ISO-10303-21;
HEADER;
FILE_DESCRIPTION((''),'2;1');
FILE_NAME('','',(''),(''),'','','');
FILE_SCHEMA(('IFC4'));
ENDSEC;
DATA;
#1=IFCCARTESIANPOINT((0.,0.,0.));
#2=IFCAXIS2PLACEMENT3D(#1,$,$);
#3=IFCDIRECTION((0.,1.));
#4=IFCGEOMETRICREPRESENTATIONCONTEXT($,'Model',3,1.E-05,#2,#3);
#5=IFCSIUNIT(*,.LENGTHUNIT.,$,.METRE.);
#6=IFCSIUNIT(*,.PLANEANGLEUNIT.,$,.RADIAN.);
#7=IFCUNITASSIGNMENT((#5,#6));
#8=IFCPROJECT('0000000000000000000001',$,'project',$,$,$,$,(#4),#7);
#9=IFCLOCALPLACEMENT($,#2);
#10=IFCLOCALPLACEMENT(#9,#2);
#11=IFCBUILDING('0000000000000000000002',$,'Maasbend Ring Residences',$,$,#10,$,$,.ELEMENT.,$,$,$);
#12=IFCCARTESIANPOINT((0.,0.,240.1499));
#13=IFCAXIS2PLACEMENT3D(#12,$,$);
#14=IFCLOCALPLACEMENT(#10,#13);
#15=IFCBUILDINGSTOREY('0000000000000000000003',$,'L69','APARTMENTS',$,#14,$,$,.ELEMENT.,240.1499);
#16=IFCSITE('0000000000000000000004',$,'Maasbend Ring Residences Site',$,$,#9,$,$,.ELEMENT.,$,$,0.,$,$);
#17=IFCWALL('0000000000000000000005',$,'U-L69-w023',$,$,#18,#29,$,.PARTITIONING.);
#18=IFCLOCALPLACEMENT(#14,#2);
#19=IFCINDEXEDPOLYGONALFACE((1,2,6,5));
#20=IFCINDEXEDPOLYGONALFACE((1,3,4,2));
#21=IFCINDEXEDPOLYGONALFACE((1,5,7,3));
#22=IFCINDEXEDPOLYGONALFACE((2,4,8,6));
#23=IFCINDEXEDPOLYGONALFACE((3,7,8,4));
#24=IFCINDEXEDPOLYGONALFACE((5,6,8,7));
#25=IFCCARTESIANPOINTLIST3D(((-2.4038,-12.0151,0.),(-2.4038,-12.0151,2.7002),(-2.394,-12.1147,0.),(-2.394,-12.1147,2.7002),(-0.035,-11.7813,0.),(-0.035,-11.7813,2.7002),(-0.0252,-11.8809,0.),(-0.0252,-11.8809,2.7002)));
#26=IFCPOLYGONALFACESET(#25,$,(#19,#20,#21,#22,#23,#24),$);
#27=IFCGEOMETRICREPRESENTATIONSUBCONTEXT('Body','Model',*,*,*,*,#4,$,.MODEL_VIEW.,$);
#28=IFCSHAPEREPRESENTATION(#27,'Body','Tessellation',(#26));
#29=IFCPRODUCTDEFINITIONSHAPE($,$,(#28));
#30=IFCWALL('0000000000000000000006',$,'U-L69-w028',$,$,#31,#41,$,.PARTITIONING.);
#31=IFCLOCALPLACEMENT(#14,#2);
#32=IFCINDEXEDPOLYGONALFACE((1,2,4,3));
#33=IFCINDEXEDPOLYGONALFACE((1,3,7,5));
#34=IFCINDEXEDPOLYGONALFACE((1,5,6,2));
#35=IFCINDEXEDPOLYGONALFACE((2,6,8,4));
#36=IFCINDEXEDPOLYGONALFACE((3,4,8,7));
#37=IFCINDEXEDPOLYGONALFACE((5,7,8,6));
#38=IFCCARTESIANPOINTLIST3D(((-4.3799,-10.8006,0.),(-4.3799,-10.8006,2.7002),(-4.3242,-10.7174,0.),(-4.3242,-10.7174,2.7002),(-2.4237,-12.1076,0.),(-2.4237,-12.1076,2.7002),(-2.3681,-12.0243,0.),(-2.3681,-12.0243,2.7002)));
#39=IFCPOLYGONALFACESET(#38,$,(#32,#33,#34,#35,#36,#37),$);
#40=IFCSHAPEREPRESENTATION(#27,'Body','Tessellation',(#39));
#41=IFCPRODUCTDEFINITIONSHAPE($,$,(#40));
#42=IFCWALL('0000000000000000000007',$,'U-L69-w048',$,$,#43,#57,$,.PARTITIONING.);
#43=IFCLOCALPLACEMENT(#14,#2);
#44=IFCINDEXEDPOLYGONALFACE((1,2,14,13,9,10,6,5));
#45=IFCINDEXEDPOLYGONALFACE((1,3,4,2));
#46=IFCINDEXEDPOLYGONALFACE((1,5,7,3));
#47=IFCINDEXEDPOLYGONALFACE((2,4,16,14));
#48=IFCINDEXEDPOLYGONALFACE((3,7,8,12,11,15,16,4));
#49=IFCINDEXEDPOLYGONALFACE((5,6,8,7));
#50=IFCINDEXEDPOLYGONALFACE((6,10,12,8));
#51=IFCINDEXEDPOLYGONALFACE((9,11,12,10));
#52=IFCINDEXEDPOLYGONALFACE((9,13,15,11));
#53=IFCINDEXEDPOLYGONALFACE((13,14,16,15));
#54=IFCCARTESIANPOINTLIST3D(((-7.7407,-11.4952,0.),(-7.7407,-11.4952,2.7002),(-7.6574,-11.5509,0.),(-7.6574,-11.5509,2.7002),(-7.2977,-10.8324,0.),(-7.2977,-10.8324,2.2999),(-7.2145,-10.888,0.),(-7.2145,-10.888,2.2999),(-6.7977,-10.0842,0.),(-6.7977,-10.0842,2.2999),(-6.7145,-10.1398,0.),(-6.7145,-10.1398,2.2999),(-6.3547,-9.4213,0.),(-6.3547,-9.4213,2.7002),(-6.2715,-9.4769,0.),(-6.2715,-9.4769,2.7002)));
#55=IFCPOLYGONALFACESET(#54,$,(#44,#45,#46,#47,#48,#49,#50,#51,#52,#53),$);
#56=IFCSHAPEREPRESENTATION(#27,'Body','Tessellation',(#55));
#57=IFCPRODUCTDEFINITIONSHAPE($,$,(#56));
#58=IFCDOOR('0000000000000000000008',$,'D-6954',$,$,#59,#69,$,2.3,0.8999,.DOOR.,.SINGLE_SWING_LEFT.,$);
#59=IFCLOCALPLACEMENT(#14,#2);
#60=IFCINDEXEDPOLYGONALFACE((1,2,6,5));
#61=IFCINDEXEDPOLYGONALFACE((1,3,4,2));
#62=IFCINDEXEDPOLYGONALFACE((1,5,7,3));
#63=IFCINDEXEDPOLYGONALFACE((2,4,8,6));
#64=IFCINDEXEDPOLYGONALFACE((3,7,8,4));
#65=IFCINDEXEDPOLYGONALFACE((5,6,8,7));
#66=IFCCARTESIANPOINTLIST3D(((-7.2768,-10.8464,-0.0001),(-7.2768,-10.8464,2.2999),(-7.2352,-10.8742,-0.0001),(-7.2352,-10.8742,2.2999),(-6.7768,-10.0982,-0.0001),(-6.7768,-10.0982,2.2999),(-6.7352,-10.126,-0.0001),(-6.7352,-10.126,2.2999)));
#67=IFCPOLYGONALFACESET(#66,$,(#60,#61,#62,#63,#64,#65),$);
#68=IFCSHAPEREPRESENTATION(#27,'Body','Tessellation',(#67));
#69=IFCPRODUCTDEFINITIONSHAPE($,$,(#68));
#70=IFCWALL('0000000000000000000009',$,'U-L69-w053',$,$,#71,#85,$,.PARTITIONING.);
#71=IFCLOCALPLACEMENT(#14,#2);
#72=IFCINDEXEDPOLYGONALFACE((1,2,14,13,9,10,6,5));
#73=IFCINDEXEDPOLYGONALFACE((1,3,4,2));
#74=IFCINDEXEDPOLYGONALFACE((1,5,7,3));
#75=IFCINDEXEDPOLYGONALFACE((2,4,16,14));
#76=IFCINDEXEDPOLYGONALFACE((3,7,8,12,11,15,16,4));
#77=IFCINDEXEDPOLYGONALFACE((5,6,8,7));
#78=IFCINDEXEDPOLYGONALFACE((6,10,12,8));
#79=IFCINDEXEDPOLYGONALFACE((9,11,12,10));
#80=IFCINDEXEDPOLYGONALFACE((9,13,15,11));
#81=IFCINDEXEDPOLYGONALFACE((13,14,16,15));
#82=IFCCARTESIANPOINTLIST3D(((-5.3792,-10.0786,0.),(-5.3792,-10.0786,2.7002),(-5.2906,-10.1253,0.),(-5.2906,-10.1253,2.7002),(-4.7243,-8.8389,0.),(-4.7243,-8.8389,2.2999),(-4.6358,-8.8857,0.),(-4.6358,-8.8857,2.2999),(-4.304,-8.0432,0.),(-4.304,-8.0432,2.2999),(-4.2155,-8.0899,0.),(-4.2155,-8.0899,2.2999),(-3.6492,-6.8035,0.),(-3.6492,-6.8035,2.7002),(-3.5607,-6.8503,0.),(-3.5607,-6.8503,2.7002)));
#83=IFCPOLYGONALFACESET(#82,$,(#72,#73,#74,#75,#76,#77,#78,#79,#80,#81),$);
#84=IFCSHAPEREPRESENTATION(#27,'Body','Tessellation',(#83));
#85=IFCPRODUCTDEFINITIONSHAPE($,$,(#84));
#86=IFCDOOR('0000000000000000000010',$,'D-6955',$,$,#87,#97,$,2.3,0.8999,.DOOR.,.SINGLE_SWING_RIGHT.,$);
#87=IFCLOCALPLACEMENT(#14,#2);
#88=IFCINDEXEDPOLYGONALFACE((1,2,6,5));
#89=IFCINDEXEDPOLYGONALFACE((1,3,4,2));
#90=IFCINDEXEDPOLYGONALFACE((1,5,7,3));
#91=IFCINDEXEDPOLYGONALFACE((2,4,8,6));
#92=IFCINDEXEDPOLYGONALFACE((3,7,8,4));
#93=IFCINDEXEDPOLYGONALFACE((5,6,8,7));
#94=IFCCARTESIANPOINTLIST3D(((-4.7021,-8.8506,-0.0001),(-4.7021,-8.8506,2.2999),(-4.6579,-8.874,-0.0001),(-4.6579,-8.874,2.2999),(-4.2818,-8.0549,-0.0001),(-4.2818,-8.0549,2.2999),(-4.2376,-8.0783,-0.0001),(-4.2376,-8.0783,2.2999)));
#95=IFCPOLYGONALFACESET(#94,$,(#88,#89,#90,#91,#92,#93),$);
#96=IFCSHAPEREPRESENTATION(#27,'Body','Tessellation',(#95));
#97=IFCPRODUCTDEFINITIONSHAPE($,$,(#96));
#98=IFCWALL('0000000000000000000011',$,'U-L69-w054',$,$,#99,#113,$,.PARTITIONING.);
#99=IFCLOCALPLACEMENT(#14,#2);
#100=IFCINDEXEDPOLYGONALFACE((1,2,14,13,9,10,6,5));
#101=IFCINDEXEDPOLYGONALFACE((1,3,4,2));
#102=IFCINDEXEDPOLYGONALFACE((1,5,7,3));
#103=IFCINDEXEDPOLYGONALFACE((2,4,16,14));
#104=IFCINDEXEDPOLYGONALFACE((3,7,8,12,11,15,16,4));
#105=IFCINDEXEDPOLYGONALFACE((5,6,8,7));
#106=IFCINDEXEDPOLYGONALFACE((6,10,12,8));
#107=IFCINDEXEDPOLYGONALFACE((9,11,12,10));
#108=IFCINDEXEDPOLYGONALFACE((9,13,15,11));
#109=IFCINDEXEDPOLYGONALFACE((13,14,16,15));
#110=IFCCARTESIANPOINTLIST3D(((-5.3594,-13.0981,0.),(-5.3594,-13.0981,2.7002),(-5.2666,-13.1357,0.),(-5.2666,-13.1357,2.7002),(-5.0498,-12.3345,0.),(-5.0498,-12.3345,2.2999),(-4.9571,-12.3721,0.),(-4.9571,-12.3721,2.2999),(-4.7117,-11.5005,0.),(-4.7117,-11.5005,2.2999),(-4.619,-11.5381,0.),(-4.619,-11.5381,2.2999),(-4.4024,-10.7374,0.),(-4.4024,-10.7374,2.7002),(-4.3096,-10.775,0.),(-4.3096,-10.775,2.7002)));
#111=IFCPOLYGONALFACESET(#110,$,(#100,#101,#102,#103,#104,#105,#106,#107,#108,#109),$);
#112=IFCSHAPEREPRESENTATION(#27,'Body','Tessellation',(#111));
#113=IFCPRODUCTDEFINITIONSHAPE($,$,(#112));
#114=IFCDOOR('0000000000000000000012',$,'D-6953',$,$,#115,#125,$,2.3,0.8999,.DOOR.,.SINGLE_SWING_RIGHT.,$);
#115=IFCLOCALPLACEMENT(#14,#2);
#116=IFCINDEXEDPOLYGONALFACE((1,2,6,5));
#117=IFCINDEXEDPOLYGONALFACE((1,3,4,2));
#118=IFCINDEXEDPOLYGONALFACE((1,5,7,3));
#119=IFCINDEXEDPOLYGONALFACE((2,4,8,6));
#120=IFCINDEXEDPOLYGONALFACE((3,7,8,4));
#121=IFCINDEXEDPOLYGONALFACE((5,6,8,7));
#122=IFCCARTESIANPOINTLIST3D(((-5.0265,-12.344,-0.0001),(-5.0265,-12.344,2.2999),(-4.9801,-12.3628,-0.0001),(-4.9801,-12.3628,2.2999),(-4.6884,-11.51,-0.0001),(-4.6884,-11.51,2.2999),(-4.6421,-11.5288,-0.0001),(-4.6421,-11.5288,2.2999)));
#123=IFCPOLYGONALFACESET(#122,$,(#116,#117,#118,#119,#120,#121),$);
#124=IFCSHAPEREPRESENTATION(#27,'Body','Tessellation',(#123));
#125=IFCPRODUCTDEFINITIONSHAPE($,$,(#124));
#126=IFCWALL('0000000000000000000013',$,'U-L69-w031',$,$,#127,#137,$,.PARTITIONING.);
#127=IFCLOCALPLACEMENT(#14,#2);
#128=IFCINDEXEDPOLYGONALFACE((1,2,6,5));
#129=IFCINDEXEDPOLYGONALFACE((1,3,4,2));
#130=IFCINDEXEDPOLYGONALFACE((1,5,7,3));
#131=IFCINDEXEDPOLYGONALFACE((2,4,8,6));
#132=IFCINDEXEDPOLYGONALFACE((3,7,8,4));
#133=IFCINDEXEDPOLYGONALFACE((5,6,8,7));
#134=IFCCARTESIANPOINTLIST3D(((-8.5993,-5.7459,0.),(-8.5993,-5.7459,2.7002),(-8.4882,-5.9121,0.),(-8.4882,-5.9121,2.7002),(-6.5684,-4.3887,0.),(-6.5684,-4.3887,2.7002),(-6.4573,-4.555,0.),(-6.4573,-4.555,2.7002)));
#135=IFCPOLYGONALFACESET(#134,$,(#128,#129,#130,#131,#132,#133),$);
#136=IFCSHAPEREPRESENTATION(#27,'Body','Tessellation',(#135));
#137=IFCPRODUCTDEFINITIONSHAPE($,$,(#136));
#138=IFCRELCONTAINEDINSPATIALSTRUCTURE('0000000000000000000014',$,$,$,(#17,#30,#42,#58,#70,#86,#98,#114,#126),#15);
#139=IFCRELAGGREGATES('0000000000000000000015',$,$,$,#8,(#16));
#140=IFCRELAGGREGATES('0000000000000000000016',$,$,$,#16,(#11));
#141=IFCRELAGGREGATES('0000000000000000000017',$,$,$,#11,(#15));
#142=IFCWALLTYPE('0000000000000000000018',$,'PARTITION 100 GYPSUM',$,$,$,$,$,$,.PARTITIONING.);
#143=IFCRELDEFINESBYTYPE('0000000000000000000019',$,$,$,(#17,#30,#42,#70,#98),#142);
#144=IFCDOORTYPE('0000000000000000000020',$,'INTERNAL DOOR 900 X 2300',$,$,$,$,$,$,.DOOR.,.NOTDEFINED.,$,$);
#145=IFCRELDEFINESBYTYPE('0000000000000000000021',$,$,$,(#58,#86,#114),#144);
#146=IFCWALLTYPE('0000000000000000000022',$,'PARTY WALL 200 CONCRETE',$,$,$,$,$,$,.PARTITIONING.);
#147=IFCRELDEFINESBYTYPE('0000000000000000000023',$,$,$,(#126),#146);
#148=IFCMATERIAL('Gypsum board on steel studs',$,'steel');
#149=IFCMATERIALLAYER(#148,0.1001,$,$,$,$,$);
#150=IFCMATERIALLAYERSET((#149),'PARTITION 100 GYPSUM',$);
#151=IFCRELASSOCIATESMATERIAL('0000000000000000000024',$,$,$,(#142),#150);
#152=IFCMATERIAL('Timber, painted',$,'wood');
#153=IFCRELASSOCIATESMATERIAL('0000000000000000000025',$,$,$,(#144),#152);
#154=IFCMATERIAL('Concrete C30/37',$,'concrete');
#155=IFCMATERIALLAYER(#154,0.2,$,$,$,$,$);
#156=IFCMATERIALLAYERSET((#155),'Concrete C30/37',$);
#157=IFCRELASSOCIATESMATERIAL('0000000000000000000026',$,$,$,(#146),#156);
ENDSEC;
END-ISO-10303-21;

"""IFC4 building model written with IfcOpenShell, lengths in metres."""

from ifc_helpers import new_model, si_unit, direction, frame, frame_2d, origin, place, context, subcontext, project, spatial, rectangle, extrude, material, layer, layer_set, type_object, element, fill, save


model = new_model("IFC4")

# Units and contexts
model_context = context("Model", 3, precision=1e-05, world=origin(), true_north=direction((0.0, 1.0)))
body_context = subcontext(model_context, "Body", "Model", "MODEL_VIEW")
ifc_project = project(units=[si_unit("LENGTHUNIT", "METRE"), si_unit("PLANEANGLEUNIT", "RADIAN")], contexts=[model_context])

# Site, building, storey
site_placement = place(None, origin())
site = spatial("IfcSite", under=ifc_project, at=site_placement, Name="Maasbend Ring Residences Site", CompositionType="ELEMENT", RefElevation=0.0)
building_placement = place(site_placement, origin())
building = spatial("IfcBuilding", under=site, at=building_placement, Name="Maasbend Ring Residences", CompositionType="ELEMENT")
storey_placement = place(building_placement, frame((0.0, 0.0, 240.1499)))
storey = spatial("IfcBuildingStorey", under=building, at=storey_placement, Name="L69", Description="APARTMENTS", CompositionType="ELEMENT", Elevation=240.1499)

# Walls
ifc_material_1 = material(Name="Gypsum board on steel studs", Category="steel")
ifc_layer_1 = layer(ifc_material_1, 0.1001)
ifc_layer_set_1 = layer_set([ifc_layer_1], Name="PARTITION 100 GYPSUM")
wall_type_1 = type_object("IfcWallType", Name="PARTITION 100 GYPSUM", PredefinedType="PARTITIONING", material=ifc_layer_set_1)
wall_1_placement = place(storey_placement, frame((-2.3989, -12.0649, 0.0), z_axis=(0.0, 0.0, 1.0), x_axis=(0.995161, 0.098255, 0.0)))
element("IfcWall", 1, at=wall_1_placement, inside=storey, type_object=wall_type_1, Name="U-L69-w023", PredefinedType="PARTITIONING", context=body_context, shape_type="SweptSolid", body=[
    extrude(rectangle(XDim=2.3804, YDim=0.1001, at=frame_2d((1.1902, 0.0))), origin(), (0.0, 0.0, 1.0), 2.7002),
])
wall_2_placement = place(storey_placement, frame((-4.3521, -10.759, 0.0), z_axis=(0.0, 0.0, 1.0), x_axis=(0.831491, -0.555538, 0.0)))
element("IfcWall", 2, at=wall_2_placement, inside=storey, type_object=wall_type_1, Name="U-L69-w028", PredefinedType="PARTITIONING", context=body_context, shape_type="SweptSolid", body=[
    extrude(rectangle(XDim=2.3525, YDim=0.1001, at=frame_2d((1.1763, 0.0))), origin(), (0.0, 0.0, 1.0), 2.7002),
])

# Walls, openings, doors
wall_3_placement = place(storey_placement, frame((-7.699, -11.5229, 0.0), z_axis=(0.0, 0.0, 1.0), x_axis=(0.555626, 0.831432, 0.0)))
wall_3 = element("IfcWall", 3, at=wall_3_placement, inside=storey, type_object=wall_type_1, Name="U-L69-w048", PredefinedType="PARTITIONING", context=body_context, shape_type="SweptSolid", body=[
    extrude(rectangle(XDim=2.4944, YDim=0.1001, at=frame_2d((1.2471, 0.0))), origin(), (0.0, 0.0, 1.0), 2.7002),
])
opening_1_placement = place(wall_3_placement, frame((0.7971, 0.0, 0.0)))
opening_1 = element("IfcOpeningElement", 4, at=opening_1_placement, cuts=wall_3, PredefinedType="OPENING", context=body_context, shape_type="SweptSolid", body=[
    extrude(rectangle(XDim=0.8999, YDim=2.3, at=frame_2d((0.45, 1.1499))), frame((0.0, 0.0601, 0.0), z_axis=(0.0, -1.0, 0.0), x_axis=(1.0, 0.0, 0.0)), (0.0, 0.0, 1.0), 0.1201),
])
ifc_material_2 = material(Name="Timber, painted", Category="wood")
door_type = type_object("IfcDoorType", Name="INTERNAL DOOR 900 X 2300", OperationType="NOTDEFINED", PredefinedType="DOOR", material=ifc_material_2)
door_1_placement = place(opening_1_placement, origin())
door_1 = element("IfcDoor", 5, at=door_1_placement, inside=storey, type_object=door_type, Name="D-6954", OperationType="SINGLE_SWING_LEFT", OverallHeight=2.3, OverallWidth=0.8999, PredefinedType="DOOR", context=body_context, shape_type="SweptSolid", body=[
    extrude(rectangle(XDim=0.8999, YDim=2.3, at=frame_2d((0.45, 1.1499))), frame((0.0, 0.0249, 0.0), z_axis=(0.0, -1.0, 0.0), x_axis=(1.0, 0.0, 0.0)), (0.0, 0.0, 1.0), 0.05),
])
fill(opening_1, door_1)
wall_4_placement = place(storey_placement, frame((-5.335, -10.1021, 0.0), z_axis=(0.0, 0.0, 1.0), x_axis=(0.467061, 0.884225, 0.0)))
wall_4 = element("IfcWall", 6, at=wall_4_placement, inside=storey, type_object=wall_type_1, Name="U-L69-w053", PredefinedType="PARTITIONING", context=body_context, shape_type="SweptSolid", body=[
    extrude(rectangle(XDim=3.7039, YDim=0.1001, at=frame_2d((1.8521, 0.0))), origin(), (0.0, 0.0, 1.0), 2.7002),
])
opening_2_placement = place(wall_4_placement, frame((1.4021, 0.0, 0.0)))
opening_2 = element("IfcOpeningElement", 7, at=opening_2_placement, cuts=wall_4, PredefinedType="OPENING", context=body_context, shape_type="SweptSolid", body=[
    extrude(rectangle(XDim=0.8999, YDim=2.3, at=frame_2d((0.45, 1.1499))), frame((0.0, 0.0601, 0.0), z_axis=(0.0, -1.0, 0.0), x_axis=(1.0, 0.0, 0.0)), (0.0, 0.0, 1.0), 0.1201),
])
door_2_placement = place(opening_2_placement, origin())
door_2 = element("IfcDoor", 8, at=door_2_placement, inside=storey, type_object=door_type, Name="D-6955", OperationType="SINGLE_SWING_RIGHT", OverallHeight=2.3, OverallWidth=0.8999, PredefinedType="DOOR", context=body_context, shape_type="SweptSolid", body=[
    extrude(rectangle(XDim=0.8999, YDim=2.3, at=frame_2d((0.45, 1.1499))), frame((0.0, 0.0249, 0.0), z_axis=(0.0, -1.0, 0.0), x_axis=(1.0, 0.0, 0.0)), (0.0, 0.0, 1.0), 0.05),
])
fill(opening_2, door_2)
wall_5_placement = place(storey_placement, frame((-5.313, -13.1169, 0.0), z_axis=(0.0, 0.0, 1.0), x_axis=(0.375683, 0.926748, 0.0)))
wall_5 = element("IfcWall", 9, at=wall_5_placement, inside=storey, type_object=wall_type_1, Name="U-L69-w054", PredefinedType="PARTITIONING", context=body_context, shape_type="SweptSolid", body=[
    extrude(rectangle(XDim=2.5474, YDim=0.1001, at=frame_2d((1.2737, 0.0))), origin(), (0.0, 0.0, 1.0), 2.7002),
])
opening_3_placement = place(wall_5_placement, frame((0.824, 0.0, 0.0)))
opening_3 = element("IfcOpeningElement", 10, at=opening_3_placement, cuts=wall_5, PredefinedType="OPENING", context=body_context, shape_type="SweptSolid", body=[
    extrude(rectangle(XDim=0.8999, YDim=2.3, at=frame_2d((0.45, 1.1499))), frame((0.0, 0.0601, 0.0), z_axis=(0.0, -1.0, 0.0), x_axis=(1.0, 0.0, 0.0)), (0.0, 0.0, 1.0), 0.1201),
])
door_3_placement = place(opening_3_placement, origin())
door_3 = element("IfcDoor", 11, at=door_3_placement, inside=storey, type_object=door_type, Name="D-6953", OperationType="SINGLE_SWING_RIGHT", OverallHeight=2.3, OverallWidth=0.8999, PredefinedType="DOOR", context=body_context, shape_type="SweptSolid", body=[
    extrude(rectangle(XDim=0.8999, YDim=2.3, at=frame_2d((0.45, 1.1499))), frame((0.0, 0.0249, 0.0), z_axis=(0.0, -1.0, 0.0), x_axis=(1.0, 0.0, 0.0)), (0.0, 0.0, 1.0), 0.05),
])
fill(opening_3, door_3)

# Wall
ifc_material_3 = material(Name="Concrete C30/37", Category="concrete")
ifc_layer_2 = layer(ifc_material_3, 0.2)
ifc_layer_set_2 = layer_set([ifc_layer_2], Name="Concrete C30/37")
wall_type_2 = type_object("IfcWallType", Name="PARTY WALL 200 CONCRETE", PredefinedType="PARTITIONING", material=ifc_layer_set_2)
wall_6_placement = place(storey_placement, frame((-6.5129, -4.4719, 0.0), z_axis=(0.0, 0.0, 1.0), x_axis=(-0.83145, -0.555599, 0.0)))
element("IfcWall", 12, at=wall_6_placement, inside=storey, type_object=wall_type_2, Name="U-L69-w031", PredefinedType="PARTITIONING", context=body_context, shape_type="SweptSolid", body=[
    extrude(rectangle(XDim=2.4426, YDim=0.2, at=frame_2d((1.2212, 0.0))), origin(), (0.0, 0.0, 1.0), 2.7002),
])

save(model, "model.ifc")
